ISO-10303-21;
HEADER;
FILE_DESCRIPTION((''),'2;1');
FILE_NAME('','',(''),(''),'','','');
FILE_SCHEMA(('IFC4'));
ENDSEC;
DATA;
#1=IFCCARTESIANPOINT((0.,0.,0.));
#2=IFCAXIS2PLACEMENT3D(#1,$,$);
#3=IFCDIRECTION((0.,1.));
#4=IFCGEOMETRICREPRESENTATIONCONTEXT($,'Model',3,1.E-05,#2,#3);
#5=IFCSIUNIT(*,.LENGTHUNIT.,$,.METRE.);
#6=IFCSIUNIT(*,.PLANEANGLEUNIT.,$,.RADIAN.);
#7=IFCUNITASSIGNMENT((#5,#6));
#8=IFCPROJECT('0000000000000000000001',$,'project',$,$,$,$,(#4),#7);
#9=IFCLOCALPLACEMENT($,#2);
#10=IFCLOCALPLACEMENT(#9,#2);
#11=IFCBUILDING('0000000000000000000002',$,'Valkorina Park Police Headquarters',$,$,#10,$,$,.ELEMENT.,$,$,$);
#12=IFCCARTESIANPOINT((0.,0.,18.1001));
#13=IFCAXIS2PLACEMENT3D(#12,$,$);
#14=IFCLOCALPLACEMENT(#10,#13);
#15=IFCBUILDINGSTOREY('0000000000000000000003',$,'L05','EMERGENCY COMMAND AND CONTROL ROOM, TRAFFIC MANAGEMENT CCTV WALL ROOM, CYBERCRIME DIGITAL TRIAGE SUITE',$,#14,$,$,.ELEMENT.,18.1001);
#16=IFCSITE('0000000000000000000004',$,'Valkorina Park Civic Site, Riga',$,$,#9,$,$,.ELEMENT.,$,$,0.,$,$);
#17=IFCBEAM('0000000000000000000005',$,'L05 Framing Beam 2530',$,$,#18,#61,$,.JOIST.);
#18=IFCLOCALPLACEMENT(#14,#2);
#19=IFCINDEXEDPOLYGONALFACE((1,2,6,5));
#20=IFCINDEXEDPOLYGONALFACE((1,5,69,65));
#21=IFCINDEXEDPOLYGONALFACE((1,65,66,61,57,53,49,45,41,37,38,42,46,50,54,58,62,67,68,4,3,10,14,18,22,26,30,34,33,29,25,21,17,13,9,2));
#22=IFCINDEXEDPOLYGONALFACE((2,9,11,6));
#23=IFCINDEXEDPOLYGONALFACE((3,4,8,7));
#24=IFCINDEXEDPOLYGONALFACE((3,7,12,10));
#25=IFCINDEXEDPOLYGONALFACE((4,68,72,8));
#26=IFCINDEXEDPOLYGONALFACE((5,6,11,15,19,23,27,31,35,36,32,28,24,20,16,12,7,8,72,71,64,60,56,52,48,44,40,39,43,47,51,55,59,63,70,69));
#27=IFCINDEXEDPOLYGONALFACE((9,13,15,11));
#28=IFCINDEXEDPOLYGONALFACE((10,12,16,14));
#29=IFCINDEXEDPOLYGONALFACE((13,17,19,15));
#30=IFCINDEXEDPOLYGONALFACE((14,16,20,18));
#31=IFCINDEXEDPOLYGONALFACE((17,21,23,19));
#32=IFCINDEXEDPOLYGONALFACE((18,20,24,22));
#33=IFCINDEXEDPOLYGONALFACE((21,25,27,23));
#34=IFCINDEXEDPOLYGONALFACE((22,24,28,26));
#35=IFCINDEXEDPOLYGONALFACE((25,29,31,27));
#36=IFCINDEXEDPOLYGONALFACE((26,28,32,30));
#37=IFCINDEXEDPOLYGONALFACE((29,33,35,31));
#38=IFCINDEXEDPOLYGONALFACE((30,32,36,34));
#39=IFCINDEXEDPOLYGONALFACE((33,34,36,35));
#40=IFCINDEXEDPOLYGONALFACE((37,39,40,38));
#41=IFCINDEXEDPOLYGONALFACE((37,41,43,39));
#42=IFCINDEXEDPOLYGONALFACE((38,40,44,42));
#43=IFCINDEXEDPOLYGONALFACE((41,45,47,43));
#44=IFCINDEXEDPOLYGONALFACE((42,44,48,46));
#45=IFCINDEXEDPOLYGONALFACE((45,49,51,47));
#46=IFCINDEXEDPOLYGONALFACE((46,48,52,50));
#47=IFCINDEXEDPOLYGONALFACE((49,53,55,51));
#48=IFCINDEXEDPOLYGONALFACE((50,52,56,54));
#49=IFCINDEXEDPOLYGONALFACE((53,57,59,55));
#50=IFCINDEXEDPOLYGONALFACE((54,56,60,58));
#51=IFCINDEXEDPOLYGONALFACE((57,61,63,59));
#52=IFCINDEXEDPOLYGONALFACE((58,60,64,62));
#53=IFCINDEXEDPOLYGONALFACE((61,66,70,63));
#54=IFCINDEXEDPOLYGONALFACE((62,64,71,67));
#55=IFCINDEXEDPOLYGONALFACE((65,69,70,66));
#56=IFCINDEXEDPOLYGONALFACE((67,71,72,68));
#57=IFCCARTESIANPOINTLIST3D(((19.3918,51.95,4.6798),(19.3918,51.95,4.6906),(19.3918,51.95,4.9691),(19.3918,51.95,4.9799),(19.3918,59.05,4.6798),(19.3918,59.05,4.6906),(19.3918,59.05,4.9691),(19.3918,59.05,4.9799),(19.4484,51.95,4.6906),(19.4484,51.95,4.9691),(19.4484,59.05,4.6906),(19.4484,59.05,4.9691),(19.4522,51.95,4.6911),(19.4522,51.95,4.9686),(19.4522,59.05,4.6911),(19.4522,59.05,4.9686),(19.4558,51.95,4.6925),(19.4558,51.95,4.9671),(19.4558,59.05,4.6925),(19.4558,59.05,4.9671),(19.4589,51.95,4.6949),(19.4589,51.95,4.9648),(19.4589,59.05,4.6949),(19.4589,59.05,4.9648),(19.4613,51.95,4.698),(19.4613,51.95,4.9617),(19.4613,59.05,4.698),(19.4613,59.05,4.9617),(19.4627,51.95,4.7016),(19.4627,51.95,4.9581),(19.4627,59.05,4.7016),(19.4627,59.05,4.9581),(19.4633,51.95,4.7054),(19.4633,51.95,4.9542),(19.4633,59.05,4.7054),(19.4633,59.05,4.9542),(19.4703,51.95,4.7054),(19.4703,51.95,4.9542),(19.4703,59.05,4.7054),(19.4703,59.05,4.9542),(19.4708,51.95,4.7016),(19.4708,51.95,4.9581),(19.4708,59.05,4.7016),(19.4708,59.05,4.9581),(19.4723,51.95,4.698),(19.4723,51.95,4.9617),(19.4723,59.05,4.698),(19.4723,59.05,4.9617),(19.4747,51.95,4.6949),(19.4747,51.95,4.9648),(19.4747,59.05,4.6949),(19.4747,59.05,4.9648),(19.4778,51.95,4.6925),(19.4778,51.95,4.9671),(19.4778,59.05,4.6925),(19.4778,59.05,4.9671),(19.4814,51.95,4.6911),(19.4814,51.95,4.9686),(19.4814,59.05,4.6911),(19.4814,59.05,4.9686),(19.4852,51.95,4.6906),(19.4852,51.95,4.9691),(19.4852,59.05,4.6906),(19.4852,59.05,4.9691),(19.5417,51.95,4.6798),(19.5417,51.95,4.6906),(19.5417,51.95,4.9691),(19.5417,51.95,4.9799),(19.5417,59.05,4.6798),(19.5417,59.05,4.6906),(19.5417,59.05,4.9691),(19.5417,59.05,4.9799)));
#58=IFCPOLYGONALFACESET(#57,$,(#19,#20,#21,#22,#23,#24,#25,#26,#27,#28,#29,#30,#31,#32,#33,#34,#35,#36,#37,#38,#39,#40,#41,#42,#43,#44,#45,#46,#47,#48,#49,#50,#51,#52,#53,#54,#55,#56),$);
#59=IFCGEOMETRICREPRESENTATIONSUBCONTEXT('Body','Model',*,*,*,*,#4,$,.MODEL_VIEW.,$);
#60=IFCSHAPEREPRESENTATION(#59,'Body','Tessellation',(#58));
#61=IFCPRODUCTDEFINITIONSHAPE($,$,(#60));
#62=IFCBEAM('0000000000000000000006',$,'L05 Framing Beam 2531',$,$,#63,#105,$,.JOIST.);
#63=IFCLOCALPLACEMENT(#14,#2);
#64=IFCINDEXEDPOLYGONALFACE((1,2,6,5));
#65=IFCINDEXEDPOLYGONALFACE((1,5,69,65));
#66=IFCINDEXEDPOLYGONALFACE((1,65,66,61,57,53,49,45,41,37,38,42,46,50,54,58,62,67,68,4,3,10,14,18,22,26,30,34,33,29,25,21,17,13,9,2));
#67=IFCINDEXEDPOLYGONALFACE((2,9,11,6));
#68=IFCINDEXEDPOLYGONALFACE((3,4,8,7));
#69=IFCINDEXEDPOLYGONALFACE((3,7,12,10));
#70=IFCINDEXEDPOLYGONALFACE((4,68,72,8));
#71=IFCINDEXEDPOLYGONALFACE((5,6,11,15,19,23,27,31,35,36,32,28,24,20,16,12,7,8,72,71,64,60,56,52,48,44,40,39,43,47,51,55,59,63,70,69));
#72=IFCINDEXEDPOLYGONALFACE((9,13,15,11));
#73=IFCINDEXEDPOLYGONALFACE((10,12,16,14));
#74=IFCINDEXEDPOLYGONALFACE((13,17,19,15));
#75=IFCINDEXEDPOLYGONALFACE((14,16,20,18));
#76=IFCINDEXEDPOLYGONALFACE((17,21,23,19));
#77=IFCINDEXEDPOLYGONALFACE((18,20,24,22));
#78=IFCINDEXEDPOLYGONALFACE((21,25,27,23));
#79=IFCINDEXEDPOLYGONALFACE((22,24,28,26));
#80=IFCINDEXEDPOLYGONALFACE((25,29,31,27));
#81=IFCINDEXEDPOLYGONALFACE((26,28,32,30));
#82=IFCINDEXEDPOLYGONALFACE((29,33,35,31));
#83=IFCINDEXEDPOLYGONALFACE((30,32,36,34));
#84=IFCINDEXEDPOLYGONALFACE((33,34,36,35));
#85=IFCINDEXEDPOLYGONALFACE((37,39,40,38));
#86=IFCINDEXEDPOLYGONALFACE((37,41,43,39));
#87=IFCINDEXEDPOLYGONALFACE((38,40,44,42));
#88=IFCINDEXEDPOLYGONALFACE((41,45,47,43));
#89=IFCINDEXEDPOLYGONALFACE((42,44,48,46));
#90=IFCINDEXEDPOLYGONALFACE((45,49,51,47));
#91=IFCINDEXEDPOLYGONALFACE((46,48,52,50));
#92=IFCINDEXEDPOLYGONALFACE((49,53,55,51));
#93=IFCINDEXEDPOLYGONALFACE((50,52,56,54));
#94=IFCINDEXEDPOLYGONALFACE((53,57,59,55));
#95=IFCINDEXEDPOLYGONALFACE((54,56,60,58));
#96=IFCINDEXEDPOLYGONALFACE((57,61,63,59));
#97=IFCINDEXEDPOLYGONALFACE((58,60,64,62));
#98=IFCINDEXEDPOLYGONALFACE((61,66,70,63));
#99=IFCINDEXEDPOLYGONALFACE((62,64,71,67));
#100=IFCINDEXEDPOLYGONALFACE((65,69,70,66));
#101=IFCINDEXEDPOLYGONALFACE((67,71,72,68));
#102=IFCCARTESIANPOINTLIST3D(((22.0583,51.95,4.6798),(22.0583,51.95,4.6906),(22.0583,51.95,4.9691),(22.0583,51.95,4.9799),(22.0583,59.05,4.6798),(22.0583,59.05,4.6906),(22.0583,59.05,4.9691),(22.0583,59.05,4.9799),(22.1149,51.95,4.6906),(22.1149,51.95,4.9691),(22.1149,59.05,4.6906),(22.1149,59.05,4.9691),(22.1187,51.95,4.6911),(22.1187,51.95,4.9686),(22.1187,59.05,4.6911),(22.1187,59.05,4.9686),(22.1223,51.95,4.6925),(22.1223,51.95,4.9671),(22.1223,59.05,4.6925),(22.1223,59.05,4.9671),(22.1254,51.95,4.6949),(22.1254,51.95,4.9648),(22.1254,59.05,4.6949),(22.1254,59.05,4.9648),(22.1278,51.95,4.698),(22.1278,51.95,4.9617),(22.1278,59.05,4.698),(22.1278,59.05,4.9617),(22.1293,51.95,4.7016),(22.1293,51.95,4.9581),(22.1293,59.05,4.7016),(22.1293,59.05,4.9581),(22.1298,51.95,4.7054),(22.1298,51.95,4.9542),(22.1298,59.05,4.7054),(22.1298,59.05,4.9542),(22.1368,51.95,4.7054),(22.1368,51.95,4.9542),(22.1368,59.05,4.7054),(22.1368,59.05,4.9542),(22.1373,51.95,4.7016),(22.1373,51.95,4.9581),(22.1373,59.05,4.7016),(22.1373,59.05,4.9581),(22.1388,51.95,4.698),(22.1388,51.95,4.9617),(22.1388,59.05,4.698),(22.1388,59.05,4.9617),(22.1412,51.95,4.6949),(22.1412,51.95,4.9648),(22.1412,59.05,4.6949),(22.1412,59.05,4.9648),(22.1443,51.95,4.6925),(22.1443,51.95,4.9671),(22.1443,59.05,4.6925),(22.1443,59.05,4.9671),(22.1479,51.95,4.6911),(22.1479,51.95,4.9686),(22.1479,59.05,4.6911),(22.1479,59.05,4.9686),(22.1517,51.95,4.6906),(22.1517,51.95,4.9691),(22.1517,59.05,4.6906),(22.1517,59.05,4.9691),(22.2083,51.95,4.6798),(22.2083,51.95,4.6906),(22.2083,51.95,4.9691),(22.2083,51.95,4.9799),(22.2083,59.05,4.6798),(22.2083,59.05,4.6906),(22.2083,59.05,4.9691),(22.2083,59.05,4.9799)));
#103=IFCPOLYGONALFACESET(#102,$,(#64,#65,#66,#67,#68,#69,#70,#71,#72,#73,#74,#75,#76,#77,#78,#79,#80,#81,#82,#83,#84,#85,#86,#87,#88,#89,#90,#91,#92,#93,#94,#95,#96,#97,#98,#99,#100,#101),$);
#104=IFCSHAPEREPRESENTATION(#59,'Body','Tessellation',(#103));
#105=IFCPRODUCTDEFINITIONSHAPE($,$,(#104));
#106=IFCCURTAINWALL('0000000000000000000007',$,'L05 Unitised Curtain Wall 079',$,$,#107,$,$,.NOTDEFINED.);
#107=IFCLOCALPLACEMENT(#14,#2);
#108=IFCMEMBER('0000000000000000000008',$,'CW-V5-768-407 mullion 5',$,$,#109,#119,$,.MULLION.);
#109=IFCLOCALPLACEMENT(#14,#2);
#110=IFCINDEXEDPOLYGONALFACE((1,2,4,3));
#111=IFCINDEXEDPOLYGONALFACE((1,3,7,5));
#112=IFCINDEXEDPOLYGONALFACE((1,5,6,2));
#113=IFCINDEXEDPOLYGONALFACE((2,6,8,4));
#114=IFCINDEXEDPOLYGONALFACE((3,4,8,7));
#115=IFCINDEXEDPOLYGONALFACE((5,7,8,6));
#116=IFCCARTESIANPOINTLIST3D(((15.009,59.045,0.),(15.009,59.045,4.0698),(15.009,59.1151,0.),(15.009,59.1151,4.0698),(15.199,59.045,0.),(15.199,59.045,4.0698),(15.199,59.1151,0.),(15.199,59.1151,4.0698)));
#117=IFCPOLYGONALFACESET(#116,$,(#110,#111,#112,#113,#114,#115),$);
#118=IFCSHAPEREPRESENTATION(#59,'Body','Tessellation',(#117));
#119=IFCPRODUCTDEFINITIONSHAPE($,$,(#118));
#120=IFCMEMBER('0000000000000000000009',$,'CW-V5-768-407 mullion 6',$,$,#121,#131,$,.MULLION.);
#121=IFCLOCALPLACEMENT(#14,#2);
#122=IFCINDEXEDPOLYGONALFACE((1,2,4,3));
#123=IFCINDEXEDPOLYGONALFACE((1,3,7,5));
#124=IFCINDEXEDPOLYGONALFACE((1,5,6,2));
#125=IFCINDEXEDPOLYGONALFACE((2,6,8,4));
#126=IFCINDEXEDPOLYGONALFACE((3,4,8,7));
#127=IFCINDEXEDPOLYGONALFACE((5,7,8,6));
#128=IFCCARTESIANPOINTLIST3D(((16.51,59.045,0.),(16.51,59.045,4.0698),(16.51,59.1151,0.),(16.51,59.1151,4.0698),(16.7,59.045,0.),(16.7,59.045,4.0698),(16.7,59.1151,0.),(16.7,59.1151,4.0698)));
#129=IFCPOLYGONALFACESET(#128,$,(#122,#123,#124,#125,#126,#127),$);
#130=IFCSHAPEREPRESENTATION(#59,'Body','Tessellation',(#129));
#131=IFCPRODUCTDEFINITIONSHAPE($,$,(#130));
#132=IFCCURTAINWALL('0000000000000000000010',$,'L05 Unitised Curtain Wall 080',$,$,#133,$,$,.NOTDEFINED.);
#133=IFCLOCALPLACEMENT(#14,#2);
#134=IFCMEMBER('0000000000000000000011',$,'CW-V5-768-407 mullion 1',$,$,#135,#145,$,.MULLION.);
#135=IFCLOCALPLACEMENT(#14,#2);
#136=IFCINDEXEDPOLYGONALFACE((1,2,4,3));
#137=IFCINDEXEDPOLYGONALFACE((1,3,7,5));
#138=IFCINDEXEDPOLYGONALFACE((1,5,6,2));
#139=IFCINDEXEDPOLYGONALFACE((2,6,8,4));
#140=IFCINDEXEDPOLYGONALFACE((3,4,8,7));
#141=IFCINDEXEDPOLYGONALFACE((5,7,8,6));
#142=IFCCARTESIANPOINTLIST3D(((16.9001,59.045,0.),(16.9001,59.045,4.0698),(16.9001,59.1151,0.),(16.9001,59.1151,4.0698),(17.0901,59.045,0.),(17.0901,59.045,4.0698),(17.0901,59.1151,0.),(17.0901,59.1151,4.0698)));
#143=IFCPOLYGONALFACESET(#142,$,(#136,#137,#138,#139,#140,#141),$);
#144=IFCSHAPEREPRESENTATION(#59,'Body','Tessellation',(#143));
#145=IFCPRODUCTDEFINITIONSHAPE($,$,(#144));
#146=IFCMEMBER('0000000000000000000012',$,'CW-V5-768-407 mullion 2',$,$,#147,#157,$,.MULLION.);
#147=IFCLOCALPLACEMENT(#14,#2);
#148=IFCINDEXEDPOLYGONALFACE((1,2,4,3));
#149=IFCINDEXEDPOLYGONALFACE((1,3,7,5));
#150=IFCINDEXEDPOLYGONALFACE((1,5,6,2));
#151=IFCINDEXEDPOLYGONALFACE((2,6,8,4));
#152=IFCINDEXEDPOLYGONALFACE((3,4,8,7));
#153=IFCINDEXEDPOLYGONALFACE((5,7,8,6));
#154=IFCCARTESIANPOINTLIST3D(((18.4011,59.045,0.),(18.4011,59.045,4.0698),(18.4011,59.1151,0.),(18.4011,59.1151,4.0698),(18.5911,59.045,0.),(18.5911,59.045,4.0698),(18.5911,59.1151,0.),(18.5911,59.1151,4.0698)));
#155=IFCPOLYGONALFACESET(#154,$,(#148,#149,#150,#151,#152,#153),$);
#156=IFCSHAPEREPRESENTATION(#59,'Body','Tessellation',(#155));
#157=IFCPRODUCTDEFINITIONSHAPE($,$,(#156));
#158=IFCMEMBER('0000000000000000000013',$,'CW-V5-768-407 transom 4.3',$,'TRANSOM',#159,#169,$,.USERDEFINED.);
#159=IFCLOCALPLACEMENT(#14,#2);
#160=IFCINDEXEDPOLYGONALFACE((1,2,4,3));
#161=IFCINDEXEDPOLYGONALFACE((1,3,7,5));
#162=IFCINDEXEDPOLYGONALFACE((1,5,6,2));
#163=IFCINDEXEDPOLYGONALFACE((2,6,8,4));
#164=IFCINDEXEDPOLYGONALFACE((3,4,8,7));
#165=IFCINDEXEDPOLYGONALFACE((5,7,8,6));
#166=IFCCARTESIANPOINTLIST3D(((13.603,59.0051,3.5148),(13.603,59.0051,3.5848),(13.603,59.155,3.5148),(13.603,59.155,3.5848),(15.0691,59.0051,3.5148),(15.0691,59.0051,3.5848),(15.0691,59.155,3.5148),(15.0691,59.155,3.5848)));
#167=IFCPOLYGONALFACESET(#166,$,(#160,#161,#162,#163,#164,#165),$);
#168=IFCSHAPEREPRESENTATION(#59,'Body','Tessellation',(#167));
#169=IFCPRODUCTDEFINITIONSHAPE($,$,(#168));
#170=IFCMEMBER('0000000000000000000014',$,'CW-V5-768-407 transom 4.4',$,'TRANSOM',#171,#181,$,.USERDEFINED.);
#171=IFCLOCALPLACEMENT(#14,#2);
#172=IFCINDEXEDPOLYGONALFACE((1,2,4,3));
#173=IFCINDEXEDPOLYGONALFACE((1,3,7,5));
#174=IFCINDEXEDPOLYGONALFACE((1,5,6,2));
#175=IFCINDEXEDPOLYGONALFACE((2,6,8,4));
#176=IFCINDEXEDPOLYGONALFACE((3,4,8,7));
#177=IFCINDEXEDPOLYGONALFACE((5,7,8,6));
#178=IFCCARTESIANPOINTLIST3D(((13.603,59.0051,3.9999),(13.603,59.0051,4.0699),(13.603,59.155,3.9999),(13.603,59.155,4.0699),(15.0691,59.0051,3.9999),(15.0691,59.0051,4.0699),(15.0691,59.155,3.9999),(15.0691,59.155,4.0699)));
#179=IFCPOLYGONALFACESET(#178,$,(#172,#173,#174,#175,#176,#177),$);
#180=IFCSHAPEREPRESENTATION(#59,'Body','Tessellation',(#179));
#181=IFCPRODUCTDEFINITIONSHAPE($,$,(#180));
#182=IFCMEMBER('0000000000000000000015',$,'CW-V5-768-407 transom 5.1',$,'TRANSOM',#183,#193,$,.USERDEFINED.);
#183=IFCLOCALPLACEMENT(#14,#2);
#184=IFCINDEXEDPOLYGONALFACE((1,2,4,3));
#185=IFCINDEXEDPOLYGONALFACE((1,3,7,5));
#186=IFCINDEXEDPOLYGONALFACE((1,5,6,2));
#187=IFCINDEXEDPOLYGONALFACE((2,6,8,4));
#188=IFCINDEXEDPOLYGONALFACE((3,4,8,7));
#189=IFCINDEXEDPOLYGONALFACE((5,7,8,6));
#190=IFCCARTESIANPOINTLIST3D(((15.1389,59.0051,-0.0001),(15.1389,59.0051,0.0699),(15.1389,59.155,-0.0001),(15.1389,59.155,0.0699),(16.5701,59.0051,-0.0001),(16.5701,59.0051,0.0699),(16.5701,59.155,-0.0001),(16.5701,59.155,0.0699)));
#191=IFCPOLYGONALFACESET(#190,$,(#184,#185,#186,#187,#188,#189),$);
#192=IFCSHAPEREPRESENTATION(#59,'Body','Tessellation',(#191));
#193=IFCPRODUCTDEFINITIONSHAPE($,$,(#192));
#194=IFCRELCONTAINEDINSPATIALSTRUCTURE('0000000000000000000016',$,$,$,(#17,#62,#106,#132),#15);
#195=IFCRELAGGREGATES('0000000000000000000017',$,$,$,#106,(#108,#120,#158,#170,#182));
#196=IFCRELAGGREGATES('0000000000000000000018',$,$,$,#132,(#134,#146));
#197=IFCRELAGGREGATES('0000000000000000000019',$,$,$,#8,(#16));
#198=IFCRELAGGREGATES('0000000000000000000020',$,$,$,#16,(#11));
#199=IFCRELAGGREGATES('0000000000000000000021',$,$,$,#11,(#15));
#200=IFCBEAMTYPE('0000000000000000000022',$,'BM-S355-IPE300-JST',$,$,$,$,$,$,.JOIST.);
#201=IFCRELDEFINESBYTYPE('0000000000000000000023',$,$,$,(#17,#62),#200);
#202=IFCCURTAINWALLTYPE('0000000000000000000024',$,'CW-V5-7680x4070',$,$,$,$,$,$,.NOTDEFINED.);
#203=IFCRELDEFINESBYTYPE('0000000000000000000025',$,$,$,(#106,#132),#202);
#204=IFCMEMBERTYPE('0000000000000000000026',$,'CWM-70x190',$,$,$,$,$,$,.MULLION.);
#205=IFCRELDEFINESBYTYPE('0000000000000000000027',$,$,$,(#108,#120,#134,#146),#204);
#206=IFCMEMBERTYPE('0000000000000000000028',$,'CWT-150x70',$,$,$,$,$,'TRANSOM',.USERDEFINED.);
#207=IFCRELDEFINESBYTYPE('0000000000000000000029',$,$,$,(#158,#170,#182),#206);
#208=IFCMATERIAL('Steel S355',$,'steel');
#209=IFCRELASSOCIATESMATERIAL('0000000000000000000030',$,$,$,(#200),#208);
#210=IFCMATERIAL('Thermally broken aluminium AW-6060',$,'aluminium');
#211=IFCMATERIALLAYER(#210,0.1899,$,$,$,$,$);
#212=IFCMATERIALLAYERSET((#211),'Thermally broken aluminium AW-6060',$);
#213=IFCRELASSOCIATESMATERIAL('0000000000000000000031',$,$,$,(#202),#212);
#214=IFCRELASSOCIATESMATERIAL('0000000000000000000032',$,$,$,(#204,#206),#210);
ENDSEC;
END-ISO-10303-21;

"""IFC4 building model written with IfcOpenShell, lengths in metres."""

from ifc_helpers import new_model, si_unit, direction, frame, origin, origin_2d, place, context, subcontext, project, spatial, rectangle, i_section, extrude, material, layer, layer_set, material_profile, profile_set, type_object, element, aggregate, save


model = new_model("IFC4")

# Units and contexts
model_context = context("Model", 3, precision=1e-05, world=origin(), true_north=direction((0.0, 1.0)))
body_context = subcontext(model_context, "Body", "Model", "MODEL_VIEW")
ifc_project = project(units=[si_unit("LENGTHUNIT", "METRE"), si_unit("PLANEANGLEUNIT", "RADIAN")], contexts=[model_context])

# Site, building, storey
site_placement = place(None, origin())
site = spatial("IfcSite", under=ifc_project, at=site_placement, Name="Valkorina Park Civic Site, Riga", CompositionType="ELEMENT", RefElevation=0.0)
building_placement = place(site_placement, origin())
building = spatial("IfcBuilding", under=site, at=building_placement, Name="Valkorina Park Police Headquarters", CompositionType="ELEMENT")
storey_placement = place(building_placement, frame((0.0, 0.0, 18.1001)))
storey = spatial("IfcBuildingStorey", under=building, at=storey_placement, Name="L05", Description="EMERGENCY COMMAND AND CONTROL ROOM, TRAFFIC MANAGEMENT CCTV WALL ROOM, CYBERCRIME DIGITAL TRIAGE SUITE", CompositionType="ELEMENT", Elevation=18.1001)

# Shared definitions
ifc_material_1 = material(Name="Steel S355", Category="steel")

# Beams
ifc_material_profile_1 = material_profile(ifc_material_1, i_section(OverallWidth=0.1499, OverallDepth=0.3, WebThickness=0.0071, FlangeThickness=0.0107, FilletRadius=0.0149, at=origin_2d()), Name="IPE 300")
ifc_profile_set_1 = profile_set([ifc_material_profile_1], Name="Steel S355")
beam_type_1 = type_object("IfcBeamType", Name="BM-S355-IPE300-JST", PredefinedType="JOIST", material=ifc_profile_set_1)
for number, where, z_axis, x_axis, name in (
    (1, (19.4668, 51.95, 4.8298), (0.0, 1.0, 0.0), (-1.0, 0.0, 0.0), "L05 Framing Beam 2530"),
    (2, (22.1333, 51.95, 4.8298), (0.0, 1.0, 0.0), (-1.0, 0.0, 0.0), "L05 Framing Beam 2531"),
):
    element("IfcBeam", number, at=place(storey_placement, frame(where, z_axis=z_axis, x_axis=x_axis)), inside=storey, type_object=beam_type_1, Name=name, PredefinedType="JOIST", context=body_context, shape_type="SweptSolid", body=[
        extrude(i_section(OverallWidth=0.1499, OverallDepth=0.3, WebThickness=0.0071, FlangeThickness=0.0107, FilletRadius=0.0149, at=origin_2d()), origin(), (0.0, 0.0, 1.0), 7.1001),
    ])

# Curtain walls, members
ifc_material_2 = material(Name="Thermally broken aluminium AW-6060", Category="aluminium")
ifc_layer_1 = layer(ifc_material_2, 0.1899)
ifc_layer_set_1 = layer_set([ifc_layer_1], Name="Thermally broken aluminium AW-6060")
curtain_wall_type = type_object("IfcCurtainWallType", Name="CW-V5-7680x4070", PredefinedType="NOTDEFINED", material=ifc_layer_set_1)
curtain_wall_1_placement = place(storey_placement, origin())
curtain_wall_1 = element("IfcCurtainWall", 3, at=curtain_wall_1_placement, inside=storey, type_object=curtain_wall_type, Name="L05 Unitised Curtain Wall 079", PredefinedType="NOTDEFINED")
ifc_material_profile_2 = material_profile(ifc_material_2, rectangle(XDim=0.0701, YDim=0.1899, at=origin_2d()), Name="CWM-02 70x190")
ifc_profile_set_2 = profile_set([ifc_material_profile_2], Name="Thermally broken aluminium AW-6060")
member_type_1 = type_object("IfcMemberType", Name="CWM-70x190", PredefinedType="MULLION", material=ifc_profile_set_2)
member_1_placement = place(storey_placement, frame((15.104, 59.0801, 0.0), z_axis=(0.0, 0.0, 1.0), x_axis=(0.0, 1.0, 0.0)))
member_1 = element("IfcMember", 4, at=member_1_placement, type_object=member_type_1, Name="CW-V5-768-407 mullion 5", PredefinedType="MULLION", context=body_context, shape_type="SweptSolid", body=[
    extrude(rectangle(XDim=0.0701, YDim=0.1899, at=origin_2d()), origin(), (0.0, 0.0, 1.0), 4.0698),
])
member_2_placement = place(storey_placement, frame((16.605, 59.0801, 0.0), z_axis=(0.0, 0.0, 1.0), x_axis=(0.0, 1.0, 0.0)))
member_2 = element("IfcMember", 5, at=member_2_placement, type_object=member_type_1, Name="CW-V5-768-407 mullion 6", PredefinedType="MULLION", context=body_context, shape_type="SweptSolid", body=[
    extrude(rectangle(XDim=0.0701, YDim=0.1899, at=origin_2d()), origin(), (0.0, 0.0, 1.0), 4.0698),
])
curtain_wall_2_placement = place(storey_placement, origin())
curtain_wall_2 = element("IfcCurtainWall", 6, at=curtain_wall_2_placement, inside=storey, type_object=curtain_wall_type, Name="L05 Unitised Curtain Wall 080", PredefinedType="NOTDEFINED")
member_3_placement = place(storey_placement, frame((16.9951, 59.0801, 0.0), z_axis=(0.0, 0.0, 1.0), x_axis=(0.0, 1.0, 0.0)))
member_3 = element("IfcMember", 7, at=member_3_placement, type_object=member_type_1, Name="CW-V5-768-407 mullion 1", PredefinedType="MULLION", context=body_context, shape_type="SweptSolid", body=[
    extrude(rectangle(XDim=0.0701, YDim=0.1899, at=origin_2d()), origin(), (0.0, 0.0, 1.0), 4.0698),
])
member_4_placement = place(storey_placement, frame((18.4961, 59.0801, 0.0), z_axis=(0.0, 0.0, 1.0), x_axis=(0.0, 1.0, 0.0)))
member_4 = element("IfcMember", 8, at=member_4_placement, type_object=member_type_1, Name="CW-V5-768-407 mullion 2", PredefinedType="MULLION", context=body_context, shape_type="SweptSolid", body=[
    extrude(rectangle(XDim=0.0701, YDim=0.1899, at=origin_2d()), origin(), (0.0, 0.0, 1.0), 4.0698),
])

# Members
ifc_material_profile_3 = material_profile(ifc_material_2, rectangle(XDim=0.1499, YDim=0.0701, at=origin_2d()), Name="CWT-02 150x70")
ifc_profile_set_3 = profile_set([ifc_material_profile_3], Name="Thermally broken aluminium AW-6060")
member_type_2 = type_object("IfcMemberType", Name="CWT-150x70", ElementType="TRANSOM", PredefinedType="USERDEFINED", material=ifc_profile_set_3)
member_5_placement = place(storey_placement, frame((13.603, 59.0801, 3.5498), z_axis=(1.0, 0.0, 0.0), x_axis=(0.0, 1.0, 0.0)))
member_5 = element("IfcMember", 9, at=member_5_placement, type_object=member_type_2, Name="CW-V5-768-407 transom 4.3", ObjectType="TRANSOM", PredefinedType="USERDEFINED", context=body_context, shape_type="SweptSolid", body=[
    extrude(rectangle(XDim=0.1499, YDim=0.0701, at=origin_2d()), origin(), (0.0, 0.0, 1.0), 1.4661),
])
member_6_placement = place(storey_placement, frame((13.603, 59.0801, 4.0349), z_axis=(1.0, 0.0, 0.0), x_axis=(0.0, 1.0, 0.0)))
member_6 = element("IfcMember", 10, at=member_6_placement, type_object=member_type_2, Name="CW-V5-768-407 transom 4.4", ObjectType="TRANSOM", PredefinedType="USERDEFINED", context=body_context, shape_type="SweptSolid", body=[
    extrude(rectangle(XDim=0.1499, YDim=0.0701, at=origin_2d()), origin(), (0.0, 0.0, 1.0), 1.4661),
])
member_7_placement = place(storey_placement, frame((15.1389, 59.0801, 0.0349), z_axis=(1.0, 0.0, 0.0), x_axis=(0.0, 1.0, 0.0)))
member_7 = element("IfcMember", 11, at=member_7_placement, type_object=member_type_2, Name="CW-V5-768-407 transom 5.1", ObjectType="TRANSOM", PredefinedType="USERDEFINED", context=body_context, shape_type="SweptSolid", body=[
    extrude(rectangle(XDim=0.1499, YDim=0.0701, at=origin_2d()), origin(), (0.0, 0.0, 1.0), 1.4312),
])

aggregate(curtain_wall_1, [member_1, member_2, member_5, member_6, member_7])
aggregate(curtain_wall_2, [member_3, member_4])

save(model, "model.ifc")
